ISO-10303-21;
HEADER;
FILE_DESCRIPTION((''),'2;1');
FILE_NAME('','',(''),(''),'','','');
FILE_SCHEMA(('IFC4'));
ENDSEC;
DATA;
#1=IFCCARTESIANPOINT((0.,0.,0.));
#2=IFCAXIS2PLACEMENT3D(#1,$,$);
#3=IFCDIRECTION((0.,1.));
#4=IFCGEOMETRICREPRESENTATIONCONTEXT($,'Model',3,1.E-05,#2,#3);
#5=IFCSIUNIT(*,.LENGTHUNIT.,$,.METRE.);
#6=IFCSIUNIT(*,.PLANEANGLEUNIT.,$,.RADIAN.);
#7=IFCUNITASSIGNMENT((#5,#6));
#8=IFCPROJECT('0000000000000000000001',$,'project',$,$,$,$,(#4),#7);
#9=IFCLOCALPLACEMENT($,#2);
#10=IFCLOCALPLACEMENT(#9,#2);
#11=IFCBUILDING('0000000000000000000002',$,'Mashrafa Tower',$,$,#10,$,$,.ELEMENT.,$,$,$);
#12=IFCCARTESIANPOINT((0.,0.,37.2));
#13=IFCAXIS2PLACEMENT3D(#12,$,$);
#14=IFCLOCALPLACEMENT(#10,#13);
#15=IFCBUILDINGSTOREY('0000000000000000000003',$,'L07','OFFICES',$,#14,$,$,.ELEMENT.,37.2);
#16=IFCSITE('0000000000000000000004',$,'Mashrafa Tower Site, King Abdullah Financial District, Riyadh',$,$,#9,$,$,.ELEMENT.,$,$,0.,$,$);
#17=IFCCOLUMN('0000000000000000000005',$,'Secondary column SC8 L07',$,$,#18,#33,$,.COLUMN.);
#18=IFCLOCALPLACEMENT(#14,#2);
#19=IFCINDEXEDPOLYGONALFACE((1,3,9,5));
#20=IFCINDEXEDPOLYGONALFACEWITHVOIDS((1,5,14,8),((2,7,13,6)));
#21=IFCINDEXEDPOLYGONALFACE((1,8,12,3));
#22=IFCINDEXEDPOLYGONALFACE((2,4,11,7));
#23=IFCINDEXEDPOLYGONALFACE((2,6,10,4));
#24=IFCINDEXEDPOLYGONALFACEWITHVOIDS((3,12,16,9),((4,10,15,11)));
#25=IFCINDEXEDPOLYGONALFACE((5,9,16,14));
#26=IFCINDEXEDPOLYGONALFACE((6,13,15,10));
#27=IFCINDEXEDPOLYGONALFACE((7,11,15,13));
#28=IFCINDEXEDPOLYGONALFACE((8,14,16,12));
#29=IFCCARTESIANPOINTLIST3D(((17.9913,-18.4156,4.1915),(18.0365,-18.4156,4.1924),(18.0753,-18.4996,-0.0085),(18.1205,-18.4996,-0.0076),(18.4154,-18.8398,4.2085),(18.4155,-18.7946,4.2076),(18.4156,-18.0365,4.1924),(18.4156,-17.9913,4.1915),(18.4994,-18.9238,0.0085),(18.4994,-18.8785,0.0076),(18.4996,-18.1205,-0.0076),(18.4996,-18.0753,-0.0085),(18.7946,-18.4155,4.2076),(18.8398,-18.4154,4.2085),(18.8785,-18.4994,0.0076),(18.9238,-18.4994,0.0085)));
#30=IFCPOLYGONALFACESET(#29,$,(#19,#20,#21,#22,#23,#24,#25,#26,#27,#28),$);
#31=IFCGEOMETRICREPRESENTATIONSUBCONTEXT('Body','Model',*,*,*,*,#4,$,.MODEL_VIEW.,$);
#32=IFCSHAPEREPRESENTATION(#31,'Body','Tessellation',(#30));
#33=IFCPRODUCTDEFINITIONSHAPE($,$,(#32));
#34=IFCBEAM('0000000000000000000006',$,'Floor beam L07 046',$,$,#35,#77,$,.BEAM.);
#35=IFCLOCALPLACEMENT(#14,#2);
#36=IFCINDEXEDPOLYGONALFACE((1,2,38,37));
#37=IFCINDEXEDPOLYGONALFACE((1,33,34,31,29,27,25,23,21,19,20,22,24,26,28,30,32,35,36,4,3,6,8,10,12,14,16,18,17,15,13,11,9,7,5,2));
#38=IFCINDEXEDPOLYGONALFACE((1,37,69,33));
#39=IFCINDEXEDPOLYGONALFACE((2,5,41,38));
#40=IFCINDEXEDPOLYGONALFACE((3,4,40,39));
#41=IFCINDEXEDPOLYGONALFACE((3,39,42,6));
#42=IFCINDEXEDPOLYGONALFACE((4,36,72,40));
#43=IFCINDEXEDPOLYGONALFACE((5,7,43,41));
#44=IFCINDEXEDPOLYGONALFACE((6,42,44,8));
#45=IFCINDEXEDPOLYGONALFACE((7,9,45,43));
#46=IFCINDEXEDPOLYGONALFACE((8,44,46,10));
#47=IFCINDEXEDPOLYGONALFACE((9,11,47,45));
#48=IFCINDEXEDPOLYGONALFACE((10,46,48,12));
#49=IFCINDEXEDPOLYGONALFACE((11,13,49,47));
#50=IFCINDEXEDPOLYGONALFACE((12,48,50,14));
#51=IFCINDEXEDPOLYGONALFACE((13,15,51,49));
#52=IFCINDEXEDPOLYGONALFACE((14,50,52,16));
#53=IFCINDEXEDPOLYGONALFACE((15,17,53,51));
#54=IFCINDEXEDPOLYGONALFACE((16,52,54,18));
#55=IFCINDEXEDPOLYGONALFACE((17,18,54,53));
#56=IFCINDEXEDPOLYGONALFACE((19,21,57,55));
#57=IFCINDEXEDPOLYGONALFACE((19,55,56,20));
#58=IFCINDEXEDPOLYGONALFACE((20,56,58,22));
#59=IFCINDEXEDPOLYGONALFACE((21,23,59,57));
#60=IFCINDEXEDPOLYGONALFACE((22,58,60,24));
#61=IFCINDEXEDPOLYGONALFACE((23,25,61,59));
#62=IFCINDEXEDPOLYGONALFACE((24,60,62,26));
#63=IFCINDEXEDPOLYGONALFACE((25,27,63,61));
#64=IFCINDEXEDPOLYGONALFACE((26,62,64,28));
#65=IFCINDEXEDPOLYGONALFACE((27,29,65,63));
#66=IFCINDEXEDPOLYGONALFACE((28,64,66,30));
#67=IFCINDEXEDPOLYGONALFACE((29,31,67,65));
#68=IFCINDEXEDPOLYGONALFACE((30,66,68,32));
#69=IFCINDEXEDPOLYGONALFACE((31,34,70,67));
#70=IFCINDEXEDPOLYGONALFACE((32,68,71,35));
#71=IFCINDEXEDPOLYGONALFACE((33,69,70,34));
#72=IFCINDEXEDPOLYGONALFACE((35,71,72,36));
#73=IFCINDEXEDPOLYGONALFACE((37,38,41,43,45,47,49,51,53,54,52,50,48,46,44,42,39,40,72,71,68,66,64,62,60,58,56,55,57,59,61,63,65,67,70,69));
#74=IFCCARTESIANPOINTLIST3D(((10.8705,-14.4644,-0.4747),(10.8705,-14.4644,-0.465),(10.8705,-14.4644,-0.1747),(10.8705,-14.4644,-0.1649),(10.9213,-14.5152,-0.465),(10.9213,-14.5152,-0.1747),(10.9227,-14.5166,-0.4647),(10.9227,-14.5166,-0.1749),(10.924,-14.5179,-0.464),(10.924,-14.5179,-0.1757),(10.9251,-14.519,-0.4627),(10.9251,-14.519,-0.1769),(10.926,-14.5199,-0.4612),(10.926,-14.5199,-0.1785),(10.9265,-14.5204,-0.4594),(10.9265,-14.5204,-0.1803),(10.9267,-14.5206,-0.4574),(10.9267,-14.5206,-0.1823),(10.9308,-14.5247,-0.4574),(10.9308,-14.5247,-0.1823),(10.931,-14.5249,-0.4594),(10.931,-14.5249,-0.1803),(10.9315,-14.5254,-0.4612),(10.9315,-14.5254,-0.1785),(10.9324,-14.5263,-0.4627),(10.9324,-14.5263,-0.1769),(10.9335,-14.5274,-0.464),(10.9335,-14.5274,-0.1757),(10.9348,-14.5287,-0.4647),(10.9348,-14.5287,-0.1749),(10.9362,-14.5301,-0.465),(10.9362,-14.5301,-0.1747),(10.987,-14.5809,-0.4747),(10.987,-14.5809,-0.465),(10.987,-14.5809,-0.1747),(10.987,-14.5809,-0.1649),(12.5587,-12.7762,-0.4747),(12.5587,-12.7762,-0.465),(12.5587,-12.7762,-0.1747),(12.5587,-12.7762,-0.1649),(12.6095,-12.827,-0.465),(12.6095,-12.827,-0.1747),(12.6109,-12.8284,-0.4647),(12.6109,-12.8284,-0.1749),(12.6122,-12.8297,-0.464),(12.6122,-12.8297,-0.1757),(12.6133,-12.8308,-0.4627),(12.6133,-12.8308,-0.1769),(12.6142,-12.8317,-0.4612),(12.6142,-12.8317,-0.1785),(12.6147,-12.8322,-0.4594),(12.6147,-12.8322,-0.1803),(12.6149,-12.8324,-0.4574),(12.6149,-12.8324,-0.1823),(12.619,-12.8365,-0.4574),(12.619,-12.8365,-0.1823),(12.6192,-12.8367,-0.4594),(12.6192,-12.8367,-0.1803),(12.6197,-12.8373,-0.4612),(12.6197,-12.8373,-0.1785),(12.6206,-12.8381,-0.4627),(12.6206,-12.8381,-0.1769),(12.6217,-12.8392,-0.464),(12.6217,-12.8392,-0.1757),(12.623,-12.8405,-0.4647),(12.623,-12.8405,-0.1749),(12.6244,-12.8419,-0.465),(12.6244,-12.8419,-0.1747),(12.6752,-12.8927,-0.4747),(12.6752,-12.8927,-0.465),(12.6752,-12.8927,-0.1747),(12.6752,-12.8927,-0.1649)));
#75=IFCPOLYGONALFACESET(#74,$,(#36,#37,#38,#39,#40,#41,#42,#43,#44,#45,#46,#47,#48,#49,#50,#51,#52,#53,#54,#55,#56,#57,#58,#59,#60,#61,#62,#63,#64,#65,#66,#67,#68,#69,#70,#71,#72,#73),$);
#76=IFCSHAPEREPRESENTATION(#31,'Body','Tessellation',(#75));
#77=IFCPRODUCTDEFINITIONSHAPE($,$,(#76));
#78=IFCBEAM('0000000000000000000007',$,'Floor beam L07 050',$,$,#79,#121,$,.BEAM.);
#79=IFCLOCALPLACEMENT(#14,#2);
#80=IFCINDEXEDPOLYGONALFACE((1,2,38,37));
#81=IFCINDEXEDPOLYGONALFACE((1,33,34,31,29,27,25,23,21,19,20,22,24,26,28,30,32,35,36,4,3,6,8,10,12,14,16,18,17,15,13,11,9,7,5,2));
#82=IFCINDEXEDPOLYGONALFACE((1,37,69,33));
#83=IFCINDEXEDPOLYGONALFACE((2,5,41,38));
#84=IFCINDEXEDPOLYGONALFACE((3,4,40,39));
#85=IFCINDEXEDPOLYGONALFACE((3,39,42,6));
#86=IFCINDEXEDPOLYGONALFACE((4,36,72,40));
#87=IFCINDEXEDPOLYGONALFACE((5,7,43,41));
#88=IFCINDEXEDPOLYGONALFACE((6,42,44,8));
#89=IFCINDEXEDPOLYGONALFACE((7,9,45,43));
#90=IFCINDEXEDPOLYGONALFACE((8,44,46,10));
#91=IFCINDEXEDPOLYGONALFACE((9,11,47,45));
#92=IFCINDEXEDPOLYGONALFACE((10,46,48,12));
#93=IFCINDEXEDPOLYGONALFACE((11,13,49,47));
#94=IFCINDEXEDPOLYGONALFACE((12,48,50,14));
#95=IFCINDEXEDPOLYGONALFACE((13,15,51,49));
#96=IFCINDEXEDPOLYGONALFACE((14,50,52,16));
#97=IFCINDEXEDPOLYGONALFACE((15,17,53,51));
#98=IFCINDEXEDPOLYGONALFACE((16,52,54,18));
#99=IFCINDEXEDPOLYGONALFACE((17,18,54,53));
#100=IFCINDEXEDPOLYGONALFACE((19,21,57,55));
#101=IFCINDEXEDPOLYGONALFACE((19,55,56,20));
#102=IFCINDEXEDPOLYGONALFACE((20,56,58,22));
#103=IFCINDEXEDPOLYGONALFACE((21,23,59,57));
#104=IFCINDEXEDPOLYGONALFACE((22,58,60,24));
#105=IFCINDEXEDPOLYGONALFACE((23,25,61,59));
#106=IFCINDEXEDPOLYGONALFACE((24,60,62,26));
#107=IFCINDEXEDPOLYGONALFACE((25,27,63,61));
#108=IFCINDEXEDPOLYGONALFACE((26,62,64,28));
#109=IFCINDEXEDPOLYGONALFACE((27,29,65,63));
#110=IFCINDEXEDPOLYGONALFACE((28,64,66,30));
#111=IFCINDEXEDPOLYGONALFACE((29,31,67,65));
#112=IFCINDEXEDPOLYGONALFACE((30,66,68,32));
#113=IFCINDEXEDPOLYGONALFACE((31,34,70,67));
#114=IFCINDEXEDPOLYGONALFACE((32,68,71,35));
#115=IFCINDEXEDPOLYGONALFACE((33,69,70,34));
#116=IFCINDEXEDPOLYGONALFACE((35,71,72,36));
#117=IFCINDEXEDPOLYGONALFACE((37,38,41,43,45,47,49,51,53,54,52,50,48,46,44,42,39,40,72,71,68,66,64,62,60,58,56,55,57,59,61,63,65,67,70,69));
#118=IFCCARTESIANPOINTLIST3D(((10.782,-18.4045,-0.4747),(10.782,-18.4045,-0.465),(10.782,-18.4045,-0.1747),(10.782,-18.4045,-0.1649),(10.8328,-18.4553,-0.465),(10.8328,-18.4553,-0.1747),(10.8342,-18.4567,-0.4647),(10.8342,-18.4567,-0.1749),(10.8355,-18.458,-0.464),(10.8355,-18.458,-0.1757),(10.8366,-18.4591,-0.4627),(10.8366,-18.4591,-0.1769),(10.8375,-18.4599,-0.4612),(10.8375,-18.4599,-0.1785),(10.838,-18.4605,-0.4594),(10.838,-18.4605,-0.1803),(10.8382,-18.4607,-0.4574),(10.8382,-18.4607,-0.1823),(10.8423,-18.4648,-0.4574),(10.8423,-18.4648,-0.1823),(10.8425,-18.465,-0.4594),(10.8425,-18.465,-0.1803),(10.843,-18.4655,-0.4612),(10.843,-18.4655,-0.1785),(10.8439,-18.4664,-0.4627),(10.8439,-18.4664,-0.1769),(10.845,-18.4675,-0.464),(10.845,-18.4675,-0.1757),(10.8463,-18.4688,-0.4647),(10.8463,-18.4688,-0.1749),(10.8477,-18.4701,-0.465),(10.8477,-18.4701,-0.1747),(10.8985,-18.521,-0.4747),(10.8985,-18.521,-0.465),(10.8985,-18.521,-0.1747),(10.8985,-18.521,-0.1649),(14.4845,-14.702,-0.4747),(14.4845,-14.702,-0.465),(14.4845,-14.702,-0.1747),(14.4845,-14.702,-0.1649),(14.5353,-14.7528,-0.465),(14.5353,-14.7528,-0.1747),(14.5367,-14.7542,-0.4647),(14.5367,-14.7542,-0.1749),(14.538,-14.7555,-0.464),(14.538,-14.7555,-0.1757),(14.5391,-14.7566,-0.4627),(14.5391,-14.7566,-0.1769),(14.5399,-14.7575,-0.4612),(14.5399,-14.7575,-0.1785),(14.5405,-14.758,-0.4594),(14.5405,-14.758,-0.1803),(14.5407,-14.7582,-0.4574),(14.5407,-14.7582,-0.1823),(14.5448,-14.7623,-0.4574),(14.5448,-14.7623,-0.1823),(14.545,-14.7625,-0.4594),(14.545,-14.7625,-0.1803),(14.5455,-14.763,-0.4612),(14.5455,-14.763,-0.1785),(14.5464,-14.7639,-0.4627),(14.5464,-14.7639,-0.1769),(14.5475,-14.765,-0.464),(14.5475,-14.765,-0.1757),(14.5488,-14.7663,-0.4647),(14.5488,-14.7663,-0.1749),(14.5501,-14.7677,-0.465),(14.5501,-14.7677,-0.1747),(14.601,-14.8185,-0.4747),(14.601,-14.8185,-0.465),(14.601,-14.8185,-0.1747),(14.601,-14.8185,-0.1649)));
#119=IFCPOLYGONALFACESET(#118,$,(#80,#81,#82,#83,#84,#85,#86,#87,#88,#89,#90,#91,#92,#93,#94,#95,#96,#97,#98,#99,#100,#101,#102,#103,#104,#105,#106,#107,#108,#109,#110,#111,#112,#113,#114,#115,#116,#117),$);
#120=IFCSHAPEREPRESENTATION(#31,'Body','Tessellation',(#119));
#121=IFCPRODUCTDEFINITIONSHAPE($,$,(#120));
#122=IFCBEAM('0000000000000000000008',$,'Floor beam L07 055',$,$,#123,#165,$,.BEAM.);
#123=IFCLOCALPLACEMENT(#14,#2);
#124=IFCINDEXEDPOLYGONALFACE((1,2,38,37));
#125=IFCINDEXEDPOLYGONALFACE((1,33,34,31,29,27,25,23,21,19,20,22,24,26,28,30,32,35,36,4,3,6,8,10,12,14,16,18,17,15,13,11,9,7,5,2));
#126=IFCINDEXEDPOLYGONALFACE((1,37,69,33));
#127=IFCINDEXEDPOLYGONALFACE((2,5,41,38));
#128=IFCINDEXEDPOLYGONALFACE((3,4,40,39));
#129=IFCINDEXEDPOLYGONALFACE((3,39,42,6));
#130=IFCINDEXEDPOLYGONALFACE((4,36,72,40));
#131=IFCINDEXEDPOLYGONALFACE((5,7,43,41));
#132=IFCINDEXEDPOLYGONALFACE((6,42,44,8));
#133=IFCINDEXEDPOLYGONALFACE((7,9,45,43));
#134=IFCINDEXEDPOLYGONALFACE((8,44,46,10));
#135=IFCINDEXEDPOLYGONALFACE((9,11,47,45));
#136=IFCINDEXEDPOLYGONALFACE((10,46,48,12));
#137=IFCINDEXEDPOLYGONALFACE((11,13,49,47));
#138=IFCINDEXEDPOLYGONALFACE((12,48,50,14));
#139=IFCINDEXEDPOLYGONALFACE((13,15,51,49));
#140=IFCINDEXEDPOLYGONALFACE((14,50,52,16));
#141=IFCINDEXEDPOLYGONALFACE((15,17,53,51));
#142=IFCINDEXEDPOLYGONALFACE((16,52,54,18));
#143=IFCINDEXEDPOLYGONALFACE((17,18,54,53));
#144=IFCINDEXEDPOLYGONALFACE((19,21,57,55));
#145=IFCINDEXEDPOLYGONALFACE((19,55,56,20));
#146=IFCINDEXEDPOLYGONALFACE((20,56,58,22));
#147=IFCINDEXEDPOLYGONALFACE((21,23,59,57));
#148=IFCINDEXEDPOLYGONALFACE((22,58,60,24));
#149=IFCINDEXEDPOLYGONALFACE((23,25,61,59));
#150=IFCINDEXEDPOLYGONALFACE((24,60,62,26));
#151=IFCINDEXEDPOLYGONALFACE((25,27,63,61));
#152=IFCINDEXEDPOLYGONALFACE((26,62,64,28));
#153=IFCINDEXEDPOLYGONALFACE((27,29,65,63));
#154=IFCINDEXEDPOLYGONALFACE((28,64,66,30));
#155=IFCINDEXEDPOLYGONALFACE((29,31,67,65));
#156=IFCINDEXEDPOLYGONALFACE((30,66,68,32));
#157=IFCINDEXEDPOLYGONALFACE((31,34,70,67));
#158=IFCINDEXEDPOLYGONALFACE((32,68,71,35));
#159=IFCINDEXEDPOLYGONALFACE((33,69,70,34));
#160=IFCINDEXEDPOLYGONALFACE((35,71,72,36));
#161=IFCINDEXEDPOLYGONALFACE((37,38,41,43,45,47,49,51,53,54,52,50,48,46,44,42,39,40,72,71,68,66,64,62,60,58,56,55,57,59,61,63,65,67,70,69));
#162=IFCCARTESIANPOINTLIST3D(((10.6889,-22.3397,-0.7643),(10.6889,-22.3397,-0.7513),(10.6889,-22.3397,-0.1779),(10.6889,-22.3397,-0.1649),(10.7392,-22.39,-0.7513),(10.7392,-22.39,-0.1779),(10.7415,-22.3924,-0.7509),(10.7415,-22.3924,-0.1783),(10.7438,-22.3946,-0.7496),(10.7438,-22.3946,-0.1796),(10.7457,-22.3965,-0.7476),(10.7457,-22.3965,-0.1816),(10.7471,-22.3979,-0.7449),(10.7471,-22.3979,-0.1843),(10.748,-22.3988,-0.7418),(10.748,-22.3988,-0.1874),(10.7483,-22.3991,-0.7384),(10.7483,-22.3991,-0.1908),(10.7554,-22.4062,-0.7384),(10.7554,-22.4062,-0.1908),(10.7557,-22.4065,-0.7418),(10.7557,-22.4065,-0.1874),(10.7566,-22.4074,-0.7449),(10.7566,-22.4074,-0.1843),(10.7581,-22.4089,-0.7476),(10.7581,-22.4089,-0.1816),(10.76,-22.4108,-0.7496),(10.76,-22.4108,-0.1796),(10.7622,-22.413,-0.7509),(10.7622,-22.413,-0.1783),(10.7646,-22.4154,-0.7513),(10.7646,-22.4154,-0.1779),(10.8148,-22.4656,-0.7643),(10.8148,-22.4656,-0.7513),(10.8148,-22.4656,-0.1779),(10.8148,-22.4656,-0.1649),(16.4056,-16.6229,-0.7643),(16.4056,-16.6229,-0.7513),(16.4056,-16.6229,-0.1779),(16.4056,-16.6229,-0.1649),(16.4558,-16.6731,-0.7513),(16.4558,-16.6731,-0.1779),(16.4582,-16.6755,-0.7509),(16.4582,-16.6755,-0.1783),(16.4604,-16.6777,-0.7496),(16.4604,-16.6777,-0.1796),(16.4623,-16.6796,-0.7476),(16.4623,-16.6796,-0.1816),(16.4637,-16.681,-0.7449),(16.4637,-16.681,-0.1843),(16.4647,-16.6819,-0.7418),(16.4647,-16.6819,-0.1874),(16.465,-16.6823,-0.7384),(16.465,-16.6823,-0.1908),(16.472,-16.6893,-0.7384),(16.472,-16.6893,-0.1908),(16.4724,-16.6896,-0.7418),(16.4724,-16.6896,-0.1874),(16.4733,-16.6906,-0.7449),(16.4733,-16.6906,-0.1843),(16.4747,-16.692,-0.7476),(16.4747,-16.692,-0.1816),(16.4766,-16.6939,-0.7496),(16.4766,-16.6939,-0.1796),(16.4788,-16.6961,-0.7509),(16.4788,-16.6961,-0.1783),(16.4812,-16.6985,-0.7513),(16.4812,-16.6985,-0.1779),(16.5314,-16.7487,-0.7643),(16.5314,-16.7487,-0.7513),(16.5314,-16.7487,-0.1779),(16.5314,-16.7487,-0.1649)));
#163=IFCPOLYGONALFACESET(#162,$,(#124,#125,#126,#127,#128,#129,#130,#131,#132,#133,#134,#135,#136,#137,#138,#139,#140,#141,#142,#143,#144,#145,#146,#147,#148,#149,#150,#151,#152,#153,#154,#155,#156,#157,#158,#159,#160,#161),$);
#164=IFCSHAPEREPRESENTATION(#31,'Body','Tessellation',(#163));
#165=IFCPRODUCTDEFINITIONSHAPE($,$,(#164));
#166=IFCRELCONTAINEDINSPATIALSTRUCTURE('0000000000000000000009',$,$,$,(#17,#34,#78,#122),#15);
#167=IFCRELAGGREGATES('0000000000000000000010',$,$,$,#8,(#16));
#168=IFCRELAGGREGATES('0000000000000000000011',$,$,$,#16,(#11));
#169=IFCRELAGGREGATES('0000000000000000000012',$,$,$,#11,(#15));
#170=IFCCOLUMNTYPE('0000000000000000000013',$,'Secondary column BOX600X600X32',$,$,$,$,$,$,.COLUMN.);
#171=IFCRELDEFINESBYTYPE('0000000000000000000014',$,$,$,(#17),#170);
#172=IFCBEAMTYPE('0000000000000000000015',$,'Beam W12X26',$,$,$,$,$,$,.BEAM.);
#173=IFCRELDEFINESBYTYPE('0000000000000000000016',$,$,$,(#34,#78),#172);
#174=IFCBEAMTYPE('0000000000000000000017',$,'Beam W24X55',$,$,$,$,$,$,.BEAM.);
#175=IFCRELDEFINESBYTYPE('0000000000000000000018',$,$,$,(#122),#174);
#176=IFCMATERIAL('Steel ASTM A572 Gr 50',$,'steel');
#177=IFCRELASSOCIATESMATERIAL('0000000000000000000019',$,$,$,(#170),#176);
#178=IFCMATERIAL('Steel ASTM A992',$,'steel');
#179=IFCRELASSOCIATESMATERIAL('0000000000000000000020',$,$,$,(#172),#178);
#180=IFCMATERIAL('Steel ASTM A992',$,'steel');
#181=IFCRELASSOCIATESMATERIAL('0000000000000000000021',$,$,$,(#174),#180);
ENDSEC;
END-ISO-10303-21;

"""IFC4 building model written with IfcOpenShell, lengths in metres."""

from ifc_helpers import new_model, si_unit, direction, frame, origin, origin_2d, place, context, subcontext, project, spatial, hollow_rectangle, i_section, extrude, material, material_profile, profile_set, type_object, element, save


model = new_model("IFC4")

# Units and contexts
model_context = context("Model", 3, precision=1e-05, world=origin(), true_north=direction((0.0, 1.0)))
body_context = subcontext(model_context, "Body", "Model", "MODEL_VIEW")
ifc_project = project(units=[si_unit("LENGTHUNIT", "METRE"), si_unit("PLANEANGLEUNIT", "RADIAN")], contexts=[model_context])

# Site, building, storey
site_placement = place(None, origin())
site = spatial("IfcSite", under=ifc_project, at=site_placement, Name="Mashrafa Tower Site, King Abdullah Financial District, Riyadh", CompositionType="ELEMENT", RefElevation=0.0)
building_placement = place(site_placement, origin())
building = spatial("IfcBuilding", under=site, at=building_placement, Name="Mashrafa Tower", CompositionType="ELEMENT")
storey_placement = place(building_placement, frame((0.0, 0.0, 37.2)))
storey = spatial("IfcBuildingStorey", under=building, at=storey_placement, Name="L07", Description="OFFICES", CompositionType="ELEMENT", Elevation=37.2)

# Column
ifc_material_1 = material(Name="Steel ASTM A572 Gr 50", Category="steel")
ifc_material_profile_1 = material_profile(ifc_material_1, hollow_rectangle(XDim=0.6001, YDim=0.6001, WallThickness=0.032, at=origin_2d()), Name="BOX600X600X32")
ifc_profile_set_1 = profile_set([ifc_material_profile_1], Name="Steel ASTM A572 Gr 50")
column_type = type_object("IfcColumnType", Name="Secondary column BOX600X600X32", PredefinedType="COLUMN", material=ifc_profile_set_1)
column_placement = place(storey_placement, frame((18.4995, -18.4995, 0.0), z_axis=(-0.019989, 0.019989, 0.9996), x_axis=(-0.707107, -0.707107, 0.0)))
element("IfcColumn", 1, at=column_placement, inside=storey, type_object=column_type, Name="Secondary column SC8 L07", PredefinedType="COLUMN", context=body_context, shape_type="SweptSolid", body=[
    extrude(hollow_rectangle(XDim=0.6001, YDim=0.6001, WallThickness=0.032, at=origin_2d()), origin(), (0.0, 0.0, 1.0), 4.2017),
])

# Beams
ifc_material_2 = material(Name="Steel ASTM A992", Category="steel")
ifc_material_profile_2 = material_profile(ifc_material_2, i_section(OverallWidth=0.1648, OverallDepth=0.3098, WebThickness=0.0059, FlangeThickness=0.0098, FilletRadius=0.0076, at=origin_2d()), Name="W12X26")
ifc_profile_set_2 = profile_set([ifc_material_profile_2], Name="Steel ASTM A992")
beam_type_1 = type_object("IfcBeamType", Name="Beam W12X26", PredefinedType="BEAM", material=ifc_profile_set_2)
beam_1_placement = place(storey_placement, frame((12.6169, -12.8345, -0.3198), z_axis=(-0.707107, -0.707107, 0.0), x_axis=(0.707107, -0.707107, 0.0)))
element("IfcBeam", 2, at=beam_1_placement, inside=storey, type_object=beam_type_1, Name="Floor beam L07 046", PredefinedType="BEAM", context=body_context, shape_type="SweptSolid", body=[
    extrude(i_section(OverallWidth=0.1648, OverallDepth=0.3098, WebThickness=0.0059, FlangeThickness=0.0098, FilletRadius=0.0076, at=origin_2d()), origin(), (0.0, 0.0, 1.0), 2.3875),
])
beam_2_placement = place(storey_placement, frame((14.5427, -14.7603, -0.3198), z_axis=(-0.707107, -0.707107, 0.0), x_axis=(0.707107, -0.707107, 0.0)))
element("IfcBeam", 3, at=beam_2_placement, inside=storey, type_object=beam_type_1, Name="Floor beam L07 050", PredefinedType="BEAM", context=body_context, shape_type="SweptSolid", body=[
    extrude(i_section(OverallWidth=0.1648, OverallDepth=0.3098, WebThickness=0.0059, FlangeThickness=0.0098, FilletRadius=0.0076, at=origin_2d()), origin(), (0.0, 0.0, 1.0), 5.2361),
])
ifc_material_3 = material(Name="Steel ASTM A992", Category="steel")
ifc_material_profile_3 = material_profile(ifc_material_3, i_section(OverallWidth=0.178, OverallDepth=0.5994, WebThickness=0.01, FlangeThickness=0.0129, FilletRadius=0.0129, at=origin_2d()), Name="W24X55")
ifc_profile_set_3 = profile_set([ifc_material_profile_3], Name="Steel ASTM A992")
beam_type_2 = type_object("IfcBeamType", Name="Beam W24X55", PredefinedType="BEAM", material=ifc_profile_set_3)
beam_3_placement = place(storey_placement, frame((16.4685, -16.6858, -0.4646), z_axis=(-0.707092, -0.707122, 0.0), x_axis=(0.707122, -0.707092, 0.0)))
element("IfcBeam", 4, at=beam_3_placement, inside=storey, type_object=beam_type_2, Name="Floor beam L07 055", PredefinedType="BEAM", context=body_context, shape_type="SweptSolid", body=[
    extrude(i_section(OverallWidth=0.178, OverallDepth=0.5994, WebThickness=0.01, FlangeThickness=0.0129, FilletRadius=0.0129, at=origin_2d()), origin(), (0.0, 0.0, 1.0), 8.0847),
])

save(model, "model.ifc")
